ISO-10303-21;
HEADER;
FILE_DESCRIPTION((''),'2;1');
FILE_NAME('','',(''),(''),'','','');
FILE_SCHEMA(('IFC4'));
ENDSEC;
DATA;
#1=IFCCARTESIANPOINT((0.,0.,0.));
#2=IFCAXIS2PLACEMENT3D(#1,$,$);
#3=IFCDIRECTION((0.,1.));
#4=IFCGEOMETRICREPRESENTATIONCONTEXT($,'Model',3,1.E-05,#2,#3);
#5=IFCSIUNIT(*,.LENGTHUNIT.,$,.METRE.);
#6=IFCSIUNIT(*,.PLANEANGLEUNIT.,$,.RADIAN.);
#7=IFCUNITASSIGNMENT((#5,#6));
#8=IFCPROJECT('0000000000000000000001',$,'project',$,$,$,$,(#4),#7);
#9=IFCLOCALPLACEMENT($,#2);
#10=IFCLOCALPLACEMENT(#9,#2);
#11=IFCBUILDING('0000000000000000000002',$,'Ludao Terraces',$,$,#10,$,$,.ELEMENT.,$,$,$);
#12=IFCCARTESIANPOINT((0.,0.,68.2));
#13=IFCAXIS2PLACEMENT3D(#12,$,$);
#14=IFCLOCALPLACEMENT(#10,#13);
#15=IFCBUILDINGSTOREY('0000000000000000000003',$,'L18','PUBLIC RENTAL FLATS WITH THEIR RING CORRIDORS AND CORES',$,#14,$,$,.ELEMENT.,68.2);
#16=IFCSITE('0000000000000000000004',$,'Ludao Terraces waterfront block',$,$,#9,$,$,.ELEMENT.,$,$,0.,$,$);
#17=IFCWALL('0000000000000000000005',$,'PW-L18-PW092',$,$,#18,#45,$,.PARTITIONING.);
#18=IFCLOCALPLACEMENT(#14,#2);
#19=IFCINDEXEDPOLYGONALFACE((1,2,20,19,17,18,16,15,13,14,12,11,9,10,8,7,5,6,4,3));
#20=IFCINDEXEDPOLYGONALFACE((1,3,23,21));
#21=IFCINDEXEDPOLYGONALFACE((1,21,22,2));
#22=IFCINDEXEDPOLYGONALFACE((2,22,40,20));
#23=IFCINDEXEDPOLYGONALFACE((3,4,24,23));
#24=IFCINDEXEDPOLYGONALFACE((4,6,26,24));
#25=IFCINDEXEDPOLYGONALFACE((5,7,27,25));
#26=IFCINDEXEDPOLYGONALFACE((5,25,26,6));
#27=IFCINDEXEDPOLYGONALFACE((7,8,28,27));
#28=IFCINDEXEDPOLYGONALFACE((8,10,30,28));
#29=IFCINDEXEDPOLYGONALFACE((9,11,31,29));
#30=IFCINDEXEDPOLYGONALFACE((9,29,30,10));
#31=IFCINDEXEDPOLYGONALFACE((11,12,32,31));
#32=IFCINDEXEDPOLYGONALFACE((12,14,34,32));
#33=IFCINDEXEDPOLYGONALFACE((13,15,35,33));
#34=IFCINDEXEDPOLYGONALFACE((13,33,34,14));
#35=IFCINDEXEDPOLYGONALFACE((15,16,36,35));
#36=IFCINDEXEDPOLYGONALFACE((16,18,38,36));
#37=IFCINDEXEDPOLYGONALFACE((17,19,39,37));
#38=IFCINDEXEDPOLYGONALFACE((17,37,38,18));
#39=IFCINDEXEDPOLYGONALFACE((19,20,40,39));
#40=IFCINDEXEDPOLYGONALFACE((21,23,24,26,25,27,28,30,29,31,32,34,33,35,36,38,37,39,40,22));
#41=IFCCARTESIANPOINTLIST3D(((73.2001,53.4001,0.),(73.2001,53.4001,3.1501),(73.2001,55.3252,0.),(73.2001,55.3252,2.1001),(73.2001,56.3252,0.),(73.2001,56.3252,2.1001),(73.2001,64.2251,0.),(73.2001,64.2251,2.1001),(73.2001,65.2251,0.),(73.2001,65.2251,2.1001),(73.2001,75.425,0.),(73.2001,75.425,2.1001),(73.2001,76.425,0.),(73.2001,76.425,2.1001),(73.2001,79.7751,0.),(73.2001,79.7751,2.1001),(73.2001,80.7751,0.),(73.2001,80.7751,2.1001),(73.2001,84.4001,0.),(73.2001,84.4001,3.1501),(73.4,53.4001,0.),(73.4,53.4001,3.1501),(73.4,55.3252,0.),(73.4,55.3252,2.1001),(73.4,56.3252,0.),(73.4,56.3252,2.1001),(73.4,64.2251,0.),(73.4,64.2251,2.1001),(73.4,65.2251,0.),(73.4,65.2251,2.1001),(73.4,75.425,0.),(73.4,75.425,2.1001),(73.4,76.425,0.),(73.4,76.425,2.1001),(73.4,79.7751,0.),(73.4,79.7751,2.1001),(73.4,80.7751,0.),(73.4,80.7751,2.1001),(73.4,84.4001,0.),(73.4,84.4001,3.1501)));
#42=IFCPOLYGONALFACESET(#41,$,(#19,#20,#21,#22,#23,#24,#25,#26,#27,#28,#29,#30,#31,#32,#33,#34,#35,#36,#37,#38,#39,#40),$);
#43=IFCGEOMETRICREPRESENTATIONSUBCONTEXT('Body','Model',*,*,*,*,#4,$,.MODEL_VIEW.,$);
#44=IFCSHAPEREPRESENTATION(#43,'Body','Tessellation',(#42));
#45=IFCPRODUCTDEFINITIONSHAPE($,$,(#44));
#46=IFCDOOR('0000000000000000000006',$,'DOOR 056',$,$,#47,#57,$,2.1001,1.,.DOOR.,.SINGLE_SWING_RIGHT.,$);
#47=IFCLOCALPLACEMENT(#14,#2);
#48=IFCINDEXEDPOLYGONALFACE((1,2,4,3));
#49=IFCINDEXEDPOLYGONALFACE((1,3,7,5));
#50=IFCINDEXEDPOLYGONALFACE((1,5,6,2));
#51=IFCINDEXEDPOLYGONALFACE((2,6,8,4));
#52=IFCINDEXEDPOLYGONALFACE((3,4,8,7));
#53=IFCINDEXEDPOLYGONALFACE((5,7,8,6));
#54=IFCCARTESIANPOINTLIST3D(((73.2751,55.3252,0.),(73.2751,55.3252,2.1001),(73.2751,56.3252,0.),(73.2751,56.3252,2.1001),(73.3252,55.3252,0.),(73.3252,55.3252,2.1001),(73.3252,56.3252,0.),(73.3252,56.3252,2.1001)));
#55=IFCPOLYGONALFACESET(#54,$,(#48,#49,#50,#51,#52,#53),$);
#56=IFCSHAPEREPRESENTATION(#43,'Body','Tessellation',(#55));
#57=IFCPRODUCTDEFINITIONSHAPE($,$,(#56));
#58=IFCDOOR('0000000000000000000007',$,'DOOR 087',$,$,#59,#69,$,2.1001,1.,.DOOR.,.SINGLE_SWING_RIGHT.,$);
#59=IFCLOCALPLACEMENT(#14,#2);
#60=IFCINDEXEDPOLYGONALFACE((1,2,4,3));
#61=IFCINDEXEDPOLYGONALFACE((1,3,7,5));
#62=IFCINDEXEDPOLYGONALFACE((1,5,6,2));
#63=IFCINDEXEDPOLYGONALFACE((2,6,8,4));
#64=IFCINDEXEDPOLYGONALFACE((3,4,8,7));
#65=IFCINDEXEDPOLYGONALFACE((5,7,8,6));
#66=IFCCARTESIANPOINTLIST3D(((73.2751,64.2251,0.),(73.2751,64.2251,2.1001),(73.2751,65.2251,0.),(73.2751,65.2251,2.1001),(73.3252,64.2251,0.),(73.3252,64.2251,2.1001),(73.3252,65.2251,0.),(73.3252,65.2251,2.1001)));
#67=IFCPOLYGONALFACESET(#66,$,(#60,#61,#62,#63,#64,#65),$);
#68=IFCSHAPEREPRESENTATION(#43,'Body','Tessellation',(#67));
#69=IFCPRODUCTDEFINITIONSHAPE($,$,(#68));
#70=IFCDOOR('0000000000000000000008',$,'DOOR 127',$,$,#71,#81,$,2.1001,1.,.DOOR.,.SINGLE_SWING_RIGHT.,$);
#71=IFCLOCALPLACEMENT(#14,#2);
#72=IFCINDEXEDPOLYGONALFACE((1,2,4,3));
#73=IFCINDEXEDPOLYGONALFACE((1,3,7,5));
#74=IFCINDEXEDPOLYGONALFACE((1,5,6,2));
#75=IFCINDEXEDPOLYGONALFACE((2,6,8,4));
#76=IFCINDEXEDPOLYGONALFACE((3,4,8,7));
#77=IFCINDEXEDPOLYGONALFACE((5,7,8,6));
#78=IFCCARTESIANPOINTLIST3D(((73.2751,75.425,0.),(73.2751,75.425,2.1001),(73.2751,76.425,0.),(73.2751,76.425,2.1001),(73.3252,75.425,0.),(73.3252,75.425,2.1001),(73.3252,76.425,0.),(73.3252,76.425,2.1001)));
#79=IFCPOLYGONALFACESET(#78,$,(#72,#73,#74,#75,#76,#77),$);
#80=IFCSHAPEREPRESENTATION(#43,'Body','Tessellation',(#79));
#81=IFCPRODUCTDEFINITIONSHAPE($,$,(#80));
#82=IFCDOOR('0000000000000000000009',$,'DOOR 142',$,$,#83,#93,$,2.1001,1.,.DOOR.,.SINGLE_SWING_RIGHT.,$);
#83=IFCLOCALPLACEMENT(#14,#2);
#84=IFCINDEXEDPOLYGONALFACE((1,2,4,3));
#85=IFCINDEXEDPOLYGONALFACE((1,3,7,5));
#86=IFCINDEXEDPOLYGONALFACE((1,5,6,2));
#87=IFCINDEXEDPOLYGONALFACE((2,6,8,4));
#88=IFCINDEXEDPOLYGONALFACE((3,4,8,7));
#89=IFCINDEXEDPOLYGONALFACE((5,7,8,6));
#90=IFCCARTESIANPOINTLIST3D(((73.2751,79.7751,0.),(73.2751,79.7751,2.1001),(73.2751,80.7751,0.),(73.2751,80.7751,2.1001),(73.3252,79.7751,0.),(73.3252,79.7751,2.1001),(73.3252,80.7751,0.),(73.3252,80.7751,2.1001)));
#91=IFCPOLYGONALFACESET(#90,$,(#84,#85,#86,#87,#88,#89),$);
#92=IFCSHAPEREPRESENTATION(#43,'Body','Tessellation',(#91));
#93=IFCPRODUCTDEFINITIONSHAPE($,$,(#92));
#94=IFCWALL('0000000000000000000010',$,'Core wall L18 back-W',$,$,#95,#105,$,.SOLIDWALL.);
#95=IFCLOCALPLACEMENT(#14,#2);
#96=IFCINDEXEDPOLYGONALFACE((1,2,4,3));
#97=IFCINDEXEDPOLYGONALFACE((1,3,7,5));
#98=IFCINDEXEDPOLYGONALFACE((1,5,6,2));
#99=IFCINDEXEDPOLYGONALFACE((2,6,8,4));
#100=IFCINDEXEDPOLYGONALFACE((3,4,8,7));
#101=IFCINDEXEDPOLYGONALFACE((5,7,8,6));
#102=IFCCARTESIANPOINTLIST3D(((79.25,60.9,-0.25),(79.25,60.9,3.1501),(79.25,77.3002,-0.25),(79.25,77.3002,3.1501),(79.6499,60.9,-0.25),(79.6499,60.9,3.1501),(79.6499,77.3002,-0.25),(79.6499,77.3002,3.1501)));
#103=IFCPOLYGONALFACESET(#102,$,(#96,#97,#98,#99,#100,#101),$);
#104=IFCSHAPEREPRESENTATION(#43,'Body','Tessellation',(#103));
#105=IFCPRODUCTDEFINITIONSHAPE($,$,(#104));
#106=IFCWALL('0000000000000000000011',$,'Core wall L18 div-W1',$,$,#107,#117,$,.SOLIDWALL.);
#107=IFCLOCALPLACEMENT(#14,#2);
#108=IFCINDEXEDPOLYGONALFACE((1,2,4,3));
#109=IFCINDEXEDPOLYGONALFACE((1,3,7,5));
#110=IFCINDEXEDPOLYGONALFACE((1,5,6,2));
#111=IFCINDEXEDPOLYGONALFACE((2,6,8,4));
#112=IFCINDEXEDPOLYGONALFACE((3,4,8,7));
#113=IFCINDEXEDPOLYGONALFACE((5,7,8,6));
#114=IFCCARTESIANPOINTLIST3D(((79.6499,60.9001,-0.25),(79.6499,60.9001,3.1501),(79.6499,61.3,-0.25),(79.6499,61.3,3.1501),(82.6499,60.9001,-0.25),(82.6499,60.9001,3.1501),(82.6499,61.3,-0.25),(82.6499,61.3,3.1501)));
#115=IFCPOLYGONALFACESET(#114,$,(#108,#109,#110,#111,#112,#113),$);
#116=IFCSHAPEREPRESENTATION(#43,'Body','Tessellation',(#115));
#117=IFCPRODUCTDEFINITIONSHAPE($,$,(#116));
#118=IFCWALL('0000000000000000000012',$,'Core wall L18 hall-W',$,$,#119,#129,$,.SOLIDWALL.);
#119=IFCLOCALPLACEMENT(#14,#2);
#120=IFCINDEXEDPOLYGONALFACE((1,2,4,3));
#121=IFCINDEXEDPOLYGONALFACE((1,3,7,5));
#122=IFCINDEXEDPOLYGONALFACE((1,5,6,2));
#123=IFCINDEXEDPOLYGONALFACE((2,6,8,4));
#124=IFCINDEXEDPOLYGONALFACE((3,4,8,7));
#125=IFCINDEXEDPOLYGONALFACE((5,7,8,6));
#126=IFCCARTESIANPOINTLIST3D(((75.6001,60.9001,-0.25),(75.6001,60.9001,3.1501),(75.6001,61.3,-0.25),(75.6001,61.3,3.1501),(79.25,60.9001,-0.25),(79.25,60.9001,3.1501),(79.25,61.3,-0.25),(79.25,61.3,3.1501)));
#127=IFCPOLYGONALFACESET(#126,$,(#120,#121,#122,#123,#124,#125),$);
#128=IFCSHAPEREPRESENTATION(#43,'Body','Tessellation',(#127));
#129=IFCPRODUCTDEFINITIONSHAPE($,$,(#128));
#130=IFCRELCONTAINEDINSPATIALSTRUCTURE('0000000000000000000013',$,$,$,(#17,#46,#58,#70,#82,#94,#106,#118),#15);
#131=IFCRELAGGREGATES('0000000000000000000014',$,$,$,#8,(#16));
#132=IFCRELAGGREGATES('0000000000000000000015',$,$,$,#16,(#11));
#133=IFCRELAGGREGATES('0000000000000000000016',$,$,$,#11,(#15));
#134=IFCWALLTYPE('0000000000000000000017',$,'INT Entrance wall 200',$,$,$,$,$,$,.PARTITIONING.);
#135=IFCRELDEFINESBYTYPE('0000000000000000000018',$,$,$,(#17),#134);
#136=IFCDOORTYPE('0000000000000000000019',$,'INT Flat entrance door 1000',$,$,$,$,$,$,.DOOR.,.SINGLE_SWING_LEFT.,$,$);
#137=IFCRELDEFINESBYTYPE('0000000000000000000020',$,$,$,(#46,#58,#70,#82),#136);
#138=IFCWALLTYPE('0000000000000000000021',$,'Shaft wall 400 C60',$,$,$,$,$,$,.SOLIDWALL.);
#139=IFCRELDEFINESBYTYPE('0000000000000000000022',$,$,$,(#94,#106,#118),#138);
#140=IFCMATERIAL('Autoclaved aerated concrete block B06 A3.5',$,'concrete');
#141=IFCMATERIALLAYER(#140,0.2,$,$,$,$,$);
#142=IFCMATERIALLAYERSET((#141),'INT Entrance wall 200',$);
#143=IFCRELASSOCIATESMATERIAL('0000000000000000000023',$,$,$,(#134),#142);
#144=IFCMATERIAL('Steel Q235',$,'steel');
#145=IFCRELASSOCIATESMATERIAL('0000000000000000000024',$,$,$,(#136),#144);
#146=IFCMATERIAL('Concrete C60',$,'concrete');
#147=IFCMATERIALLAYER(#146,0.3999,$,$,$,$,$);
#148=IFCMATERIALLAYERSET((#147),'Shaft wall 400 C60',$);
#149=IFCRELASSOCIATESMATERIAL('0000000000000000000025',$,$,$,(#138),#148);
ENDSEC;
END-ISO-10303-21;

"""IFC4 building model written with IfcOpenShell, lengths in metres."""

from ifc_helpers import new_model, si_unit, direction, frame, frame_2d, origin, place, context, subcontext, project, spatial, rectangle, extrude, material, layer, layer_set, type_object, element, fill, save


model = new_model("IFC4")

# Units and contexts
model_context = context("Model", 3, precision=1e-05, world=origin(), true_north=direction((0.0, 1.0)))
body_context = subcontext(model_context, "Body", "Model", "MODEL_VIEW")
ifc_project = project(units=[si_unit("LENGTHUNIT", "METRE"), si_unit("PLANEANGLEUNIT", "RADIAN")], contexts=[model_context])

# Site, building, storey
site_placement = place(None, origin())
site = spatial("IfcSite", under=ifc_project, at=site_placement, Name="Ludao Terraces waterfront block", CompositionType="ELEMENT", RefElevation=0.0)
building_placement = place(site_placement, origin())
building = spatial("IfcBuilding", under=site, at=building_placement, Name="Ludao Terraces", CompositionType="ELEMENT")
storey_placement = place(building_placement, frame((0.0, 0.0, 68.2)))
storey = spatial("IfcBuildingStorey", under=building, at=storey_placement, Name="L18", Description="PUBLIC RENTAL FLATS WITH THEIR RING CORRIDORS AND CORES", CompositionType="ELEMENT", Elevation=68.2)

# Shared definitions
ifc_material_1 = material(Name="Steel Q235", Category="steel")

# Wall, openings, doors
ifc_material_2 = material(Name="Autoclaved aerated concrete block B06 A3.5", Category="concrete")
ifc_layer_1 = layer(ifc_material_2, 0.2)
ifc_layer_set_1 = layer_set([ifc_layer_1], Name="INT Entrance wall 200")
wall_type_1 = type_object("IfcWallType", Name="INT Entrance wall 200", PredefinedType="PARTITIONING", material=ifc_layer_set_1)
wall_1_placement = place(storey_placement, frame((73.3, 53.4001, 0.0), z_axis=(0.0, 0.0, 1.0), x_axis=(0.0, 1.0, 0.0)))
wall_1 = element("IfcWall", 1, at=wall_1_placement, inside=storey, type_object=wall_type_1, Name="PW-L18-PW092", PredefinedType="PARTITIONING", context=body_context, shape_type="SweptSolid", body=[
    extrude(rectangle(XDim=31.0, YDim=0.2, at=frame_2d((15.5, 0.0))), origin(), (0.0, 0.0, 1.0), 3.1501),
])
opening_1_placement = place(wall_1_placement, frame((1.925, 0.0, 0.0)))
opening_1 = element("IfcOpeningElement", 2, at=opening_1_placement, cuts=wall_1, PredefinedType="OPENING", context=body_context, shape_type="SweptSolid", body=[
    extrude(rectangle(XDim=1.0, YDim=2.1001, at=frame_2d((0.5, 1.05))), frame((0.0, 0.1099, 0.0), z_axis=(0.0, -1.0, 0.0), x_axis=(1.0, 0.0, 0.0)), (0.0, 0.0, 1.0), 0.22),
])
opening_2_placement = place(wall_1_placement, frame((10.825, 0.0, 0.0)))
opening_2 = element("IfcOpeningElement", 3, at=opening_2_placement, cuts=wall_1, PredefinedType="OPENING", context=body_context, shape_type="SweptSolid", body=[
    extrude(rectangle(XDim=1.0, YDim=2.1001, at=frame_2d((0.5, 1.05))), frame((0.0, 0.1099, 0.0), z_axis=(0.0, -1.0, 0.0), x_axis=(1.0, 0.0, 0.0)), (0.0, 0.0, 1.0), 0.22),
])
opening_3_placement = place(wall_1_placement, frame((22.0249, 0.0, 0.0)))
opening_3 = element("IfcOpeningElement", 4, at=opening_3_placement, cuts=wall_1, PredefinedType="OPENING", context=body_context, shape_type="SweptSolid", body=[
    extrude(rectangle(XDim=1.0, YDim=2.1001, at=frame_2d((0.5, 1.05))), frame((0.0, 0.1099, 0.0), z_axis=(0.0, -1.0, 0.0), x_axis=(1.0, 0.0, 0.0)), (0.0, 0.0, 1.0), 0.22),
])
opening_4_placement = place(wall_1_placement, frame((26.375, 0.0, 0.0)))
opening_4 = element("IfcOpeningElement", 5, at=opening_4_placement, cuts=wall_1, PredefinedType="OPENING", context=body_context, shape_type="SweptSolid", body=[
    extrude(rectangle(XDim=1.0, YDim=2.1001, at=frame_2d((0.5, 1.05))), frame((0.0, 0.1099, 0.0), z_axis=(0.0, -1.0, 0.0), x_axis=(1.0, 0.0, 0.0)), (0.0, 0.0, 1.0), 0.22),
])
door_type_1 = type_object("IfcDoorType", Name="INT Flat entrance door 1000", OperationType="SINGLE_SWING_LEFT", PredefinedType="DOOR", material=ifc_material_1)
door_1_placement = place(opening_1_placement, origin())
door_1 = element("IfcDoor", 6, at=door_1_placement, inside=storey, type_object=door_type_1, Name="DOOR 056", OperationType="SINGLE_SWING_RIGHT", OverallHeight=2.1001, OverallWidth=1.0, PredefinedType="DOOR", context=body_context, shape_type="SweptSolid", body=[
    extrude(rectangle(XDim=1.0, YDim=2.1001, at=frame_2d((0.5, 1.05))), frame((0.0, 0.0249, 0.0), z_axis=(0.0, -1.0, 0.0), x_axis=(1.0, 0.0, 0.0)), (0.0, 0.0, 1.0), 0.05),
])
fill(opening_1, door_1)
door_2_placement = place(opening_2_placement, origin())
door_2 = element("IfcDoor", 7, at=door_2_placement, inside=storey, type_object=door_type_1, Name="DOOR 087", OperationType="SINGLE_SWING_RIGHT", OverallHeight=2.1001, OverallWidth=1.0, PredefinedType="DOOR", context=body_context, shape_type="SweptSolid", body=[
    extrude(rectangle(XDim=1.0, YDim=2.1001, at=frame_2d((0.5, 1.05))), frame((0.0, 0.0249, 0.0), z_axis=(0.0, -1.0, 0.0), x_axis=(1.0, 0.0, 0.0)), (0.0, 0.0, 1.0), 0.05),
])
fill(opening_2, door_2)
door_3_placement = place(opening_3_placement, origin())
door_3 = element("IfcDoor", 8, at=door_3_placement, inside=storey, type_object=door_type_1, Name="DOOR 127", OperationType="SINGLE_SWING_RIGHT", OverallHeight=2.1001, OverallWidth=1.0, PredefinedType="DOOR", context=body_context, shape_type="SweptSolid", body=[
    extrude(rectangle(XDim=1.0, YDim=2.1001, at=frame_2d((0.5, 1.05))), frame((0.0, 0.0249, 0.0), z_axis=(0.0, -1.0, 0.0), x_axis=(1.0, 0.0, 0.0)), (0.0, 0.0, 1.0), 0.05),
])
fill(opening_3, door_3)
door_4_placement = place(opening_4_placement, origin())
door_4 = element("IfcDoor", 9, at=door_4_placement, inside=storey, type_object=door_type_1, Name="DOOR 142", OperationType="SINGLE_SWING_RIGHT", OverallHeight=2.1001, OverallWidth=1.0, PredefinedType="DOOR", context=body_context, shape_type="SweptSolid", body=[
    extrude(rectangle(XDim=1.0, YDim=2.1001, at=frame_2d((0.5, 1.05))), frame((0.0, 0.0249, 0.0), z_axis=(0.0, -1.0, 0.0), x_axis=(1.0, 0.0, 0.0)), (0.0, 0.0, 1.0), 0.05),
])
fill(opening_4, door_4)

# Walls
ifc_material_3 = material(Name="Concrete C60", Category="concrete")
ifc_layer_2 = layer(ifc_material_3, 0.3999)
ifc_layer_set_2 = layer_set([ifc_layer_2], Name="Shaft wall 400 C60")
wall_type_2 = type_object("IfcWallType", Name="Shaft wall 400 C60", PredefinedType="SOLIDWALL", material=ifc_layer_set_2)
wall_2_placement = place(storey_placement, frame((79.45, 60.8999, -0.25), z_axis=(0.0, 0.0, 1.0), x_axis=(0.0, 1.0, 0.0)))
element("IfcWall", 10, at=wall_2_placement, inside=storey, type_object=wall_type_2, Name="Core wall L18 back-W", PredefinedType="SOLIDWALL", context=body_context, shape_type="SweptSolid", body=[
    extrude(rectangle(XDim=16.4001, YDim=0.3999, at=frame_2d((8.2002, 0.0))), origin(), (0.0, 0.0, 1.0), 3.4001),
])
wall_3_placement = place(storey_placement, frame((79.6499, 61.1001, -0.25), z_axis=(0.0, 0.0, 1.0), x_axis=(1.0, 0.0, 0.0)))
element("IfcWall", 11, at=wall_3_placement, inside=storey, type_object=wall_type_2, Name="Core wall L18 div-W1", PredefinedType="SOLIDWALL", context=body_context, shape_type="SweptSolid", body=[
    extrude(rectangle(XDim=3.0, YDim=0.3999, at=frame_2d((1.5, 0.0))), origin(), (0.0, 0.0, 1.0), 3.4001),
])
wall_4_placement = place(storey_placement, frame((75.6001, 61.1001, -0.25), z_axis=(0.0, 0.0, 1.0), x_axis=(1.0, 0.0, 0.0)))
element("IfcWall", 12, at=wall_4_placement, inside=storey, type_object=wall_type_2, Name="Core wall L18 hall-W", PredefinedType="SOLIDWALL", context=body_context, shape_type="SweptSolid", body=[
    extrude(rectangle(XDim=3.6499, YDim=0.3999, at=frame_2d((1.825, 0.0))), origin(), (0.0, 0.0, 1.0), 3.4001),
])

save(model, "model.ifc")
